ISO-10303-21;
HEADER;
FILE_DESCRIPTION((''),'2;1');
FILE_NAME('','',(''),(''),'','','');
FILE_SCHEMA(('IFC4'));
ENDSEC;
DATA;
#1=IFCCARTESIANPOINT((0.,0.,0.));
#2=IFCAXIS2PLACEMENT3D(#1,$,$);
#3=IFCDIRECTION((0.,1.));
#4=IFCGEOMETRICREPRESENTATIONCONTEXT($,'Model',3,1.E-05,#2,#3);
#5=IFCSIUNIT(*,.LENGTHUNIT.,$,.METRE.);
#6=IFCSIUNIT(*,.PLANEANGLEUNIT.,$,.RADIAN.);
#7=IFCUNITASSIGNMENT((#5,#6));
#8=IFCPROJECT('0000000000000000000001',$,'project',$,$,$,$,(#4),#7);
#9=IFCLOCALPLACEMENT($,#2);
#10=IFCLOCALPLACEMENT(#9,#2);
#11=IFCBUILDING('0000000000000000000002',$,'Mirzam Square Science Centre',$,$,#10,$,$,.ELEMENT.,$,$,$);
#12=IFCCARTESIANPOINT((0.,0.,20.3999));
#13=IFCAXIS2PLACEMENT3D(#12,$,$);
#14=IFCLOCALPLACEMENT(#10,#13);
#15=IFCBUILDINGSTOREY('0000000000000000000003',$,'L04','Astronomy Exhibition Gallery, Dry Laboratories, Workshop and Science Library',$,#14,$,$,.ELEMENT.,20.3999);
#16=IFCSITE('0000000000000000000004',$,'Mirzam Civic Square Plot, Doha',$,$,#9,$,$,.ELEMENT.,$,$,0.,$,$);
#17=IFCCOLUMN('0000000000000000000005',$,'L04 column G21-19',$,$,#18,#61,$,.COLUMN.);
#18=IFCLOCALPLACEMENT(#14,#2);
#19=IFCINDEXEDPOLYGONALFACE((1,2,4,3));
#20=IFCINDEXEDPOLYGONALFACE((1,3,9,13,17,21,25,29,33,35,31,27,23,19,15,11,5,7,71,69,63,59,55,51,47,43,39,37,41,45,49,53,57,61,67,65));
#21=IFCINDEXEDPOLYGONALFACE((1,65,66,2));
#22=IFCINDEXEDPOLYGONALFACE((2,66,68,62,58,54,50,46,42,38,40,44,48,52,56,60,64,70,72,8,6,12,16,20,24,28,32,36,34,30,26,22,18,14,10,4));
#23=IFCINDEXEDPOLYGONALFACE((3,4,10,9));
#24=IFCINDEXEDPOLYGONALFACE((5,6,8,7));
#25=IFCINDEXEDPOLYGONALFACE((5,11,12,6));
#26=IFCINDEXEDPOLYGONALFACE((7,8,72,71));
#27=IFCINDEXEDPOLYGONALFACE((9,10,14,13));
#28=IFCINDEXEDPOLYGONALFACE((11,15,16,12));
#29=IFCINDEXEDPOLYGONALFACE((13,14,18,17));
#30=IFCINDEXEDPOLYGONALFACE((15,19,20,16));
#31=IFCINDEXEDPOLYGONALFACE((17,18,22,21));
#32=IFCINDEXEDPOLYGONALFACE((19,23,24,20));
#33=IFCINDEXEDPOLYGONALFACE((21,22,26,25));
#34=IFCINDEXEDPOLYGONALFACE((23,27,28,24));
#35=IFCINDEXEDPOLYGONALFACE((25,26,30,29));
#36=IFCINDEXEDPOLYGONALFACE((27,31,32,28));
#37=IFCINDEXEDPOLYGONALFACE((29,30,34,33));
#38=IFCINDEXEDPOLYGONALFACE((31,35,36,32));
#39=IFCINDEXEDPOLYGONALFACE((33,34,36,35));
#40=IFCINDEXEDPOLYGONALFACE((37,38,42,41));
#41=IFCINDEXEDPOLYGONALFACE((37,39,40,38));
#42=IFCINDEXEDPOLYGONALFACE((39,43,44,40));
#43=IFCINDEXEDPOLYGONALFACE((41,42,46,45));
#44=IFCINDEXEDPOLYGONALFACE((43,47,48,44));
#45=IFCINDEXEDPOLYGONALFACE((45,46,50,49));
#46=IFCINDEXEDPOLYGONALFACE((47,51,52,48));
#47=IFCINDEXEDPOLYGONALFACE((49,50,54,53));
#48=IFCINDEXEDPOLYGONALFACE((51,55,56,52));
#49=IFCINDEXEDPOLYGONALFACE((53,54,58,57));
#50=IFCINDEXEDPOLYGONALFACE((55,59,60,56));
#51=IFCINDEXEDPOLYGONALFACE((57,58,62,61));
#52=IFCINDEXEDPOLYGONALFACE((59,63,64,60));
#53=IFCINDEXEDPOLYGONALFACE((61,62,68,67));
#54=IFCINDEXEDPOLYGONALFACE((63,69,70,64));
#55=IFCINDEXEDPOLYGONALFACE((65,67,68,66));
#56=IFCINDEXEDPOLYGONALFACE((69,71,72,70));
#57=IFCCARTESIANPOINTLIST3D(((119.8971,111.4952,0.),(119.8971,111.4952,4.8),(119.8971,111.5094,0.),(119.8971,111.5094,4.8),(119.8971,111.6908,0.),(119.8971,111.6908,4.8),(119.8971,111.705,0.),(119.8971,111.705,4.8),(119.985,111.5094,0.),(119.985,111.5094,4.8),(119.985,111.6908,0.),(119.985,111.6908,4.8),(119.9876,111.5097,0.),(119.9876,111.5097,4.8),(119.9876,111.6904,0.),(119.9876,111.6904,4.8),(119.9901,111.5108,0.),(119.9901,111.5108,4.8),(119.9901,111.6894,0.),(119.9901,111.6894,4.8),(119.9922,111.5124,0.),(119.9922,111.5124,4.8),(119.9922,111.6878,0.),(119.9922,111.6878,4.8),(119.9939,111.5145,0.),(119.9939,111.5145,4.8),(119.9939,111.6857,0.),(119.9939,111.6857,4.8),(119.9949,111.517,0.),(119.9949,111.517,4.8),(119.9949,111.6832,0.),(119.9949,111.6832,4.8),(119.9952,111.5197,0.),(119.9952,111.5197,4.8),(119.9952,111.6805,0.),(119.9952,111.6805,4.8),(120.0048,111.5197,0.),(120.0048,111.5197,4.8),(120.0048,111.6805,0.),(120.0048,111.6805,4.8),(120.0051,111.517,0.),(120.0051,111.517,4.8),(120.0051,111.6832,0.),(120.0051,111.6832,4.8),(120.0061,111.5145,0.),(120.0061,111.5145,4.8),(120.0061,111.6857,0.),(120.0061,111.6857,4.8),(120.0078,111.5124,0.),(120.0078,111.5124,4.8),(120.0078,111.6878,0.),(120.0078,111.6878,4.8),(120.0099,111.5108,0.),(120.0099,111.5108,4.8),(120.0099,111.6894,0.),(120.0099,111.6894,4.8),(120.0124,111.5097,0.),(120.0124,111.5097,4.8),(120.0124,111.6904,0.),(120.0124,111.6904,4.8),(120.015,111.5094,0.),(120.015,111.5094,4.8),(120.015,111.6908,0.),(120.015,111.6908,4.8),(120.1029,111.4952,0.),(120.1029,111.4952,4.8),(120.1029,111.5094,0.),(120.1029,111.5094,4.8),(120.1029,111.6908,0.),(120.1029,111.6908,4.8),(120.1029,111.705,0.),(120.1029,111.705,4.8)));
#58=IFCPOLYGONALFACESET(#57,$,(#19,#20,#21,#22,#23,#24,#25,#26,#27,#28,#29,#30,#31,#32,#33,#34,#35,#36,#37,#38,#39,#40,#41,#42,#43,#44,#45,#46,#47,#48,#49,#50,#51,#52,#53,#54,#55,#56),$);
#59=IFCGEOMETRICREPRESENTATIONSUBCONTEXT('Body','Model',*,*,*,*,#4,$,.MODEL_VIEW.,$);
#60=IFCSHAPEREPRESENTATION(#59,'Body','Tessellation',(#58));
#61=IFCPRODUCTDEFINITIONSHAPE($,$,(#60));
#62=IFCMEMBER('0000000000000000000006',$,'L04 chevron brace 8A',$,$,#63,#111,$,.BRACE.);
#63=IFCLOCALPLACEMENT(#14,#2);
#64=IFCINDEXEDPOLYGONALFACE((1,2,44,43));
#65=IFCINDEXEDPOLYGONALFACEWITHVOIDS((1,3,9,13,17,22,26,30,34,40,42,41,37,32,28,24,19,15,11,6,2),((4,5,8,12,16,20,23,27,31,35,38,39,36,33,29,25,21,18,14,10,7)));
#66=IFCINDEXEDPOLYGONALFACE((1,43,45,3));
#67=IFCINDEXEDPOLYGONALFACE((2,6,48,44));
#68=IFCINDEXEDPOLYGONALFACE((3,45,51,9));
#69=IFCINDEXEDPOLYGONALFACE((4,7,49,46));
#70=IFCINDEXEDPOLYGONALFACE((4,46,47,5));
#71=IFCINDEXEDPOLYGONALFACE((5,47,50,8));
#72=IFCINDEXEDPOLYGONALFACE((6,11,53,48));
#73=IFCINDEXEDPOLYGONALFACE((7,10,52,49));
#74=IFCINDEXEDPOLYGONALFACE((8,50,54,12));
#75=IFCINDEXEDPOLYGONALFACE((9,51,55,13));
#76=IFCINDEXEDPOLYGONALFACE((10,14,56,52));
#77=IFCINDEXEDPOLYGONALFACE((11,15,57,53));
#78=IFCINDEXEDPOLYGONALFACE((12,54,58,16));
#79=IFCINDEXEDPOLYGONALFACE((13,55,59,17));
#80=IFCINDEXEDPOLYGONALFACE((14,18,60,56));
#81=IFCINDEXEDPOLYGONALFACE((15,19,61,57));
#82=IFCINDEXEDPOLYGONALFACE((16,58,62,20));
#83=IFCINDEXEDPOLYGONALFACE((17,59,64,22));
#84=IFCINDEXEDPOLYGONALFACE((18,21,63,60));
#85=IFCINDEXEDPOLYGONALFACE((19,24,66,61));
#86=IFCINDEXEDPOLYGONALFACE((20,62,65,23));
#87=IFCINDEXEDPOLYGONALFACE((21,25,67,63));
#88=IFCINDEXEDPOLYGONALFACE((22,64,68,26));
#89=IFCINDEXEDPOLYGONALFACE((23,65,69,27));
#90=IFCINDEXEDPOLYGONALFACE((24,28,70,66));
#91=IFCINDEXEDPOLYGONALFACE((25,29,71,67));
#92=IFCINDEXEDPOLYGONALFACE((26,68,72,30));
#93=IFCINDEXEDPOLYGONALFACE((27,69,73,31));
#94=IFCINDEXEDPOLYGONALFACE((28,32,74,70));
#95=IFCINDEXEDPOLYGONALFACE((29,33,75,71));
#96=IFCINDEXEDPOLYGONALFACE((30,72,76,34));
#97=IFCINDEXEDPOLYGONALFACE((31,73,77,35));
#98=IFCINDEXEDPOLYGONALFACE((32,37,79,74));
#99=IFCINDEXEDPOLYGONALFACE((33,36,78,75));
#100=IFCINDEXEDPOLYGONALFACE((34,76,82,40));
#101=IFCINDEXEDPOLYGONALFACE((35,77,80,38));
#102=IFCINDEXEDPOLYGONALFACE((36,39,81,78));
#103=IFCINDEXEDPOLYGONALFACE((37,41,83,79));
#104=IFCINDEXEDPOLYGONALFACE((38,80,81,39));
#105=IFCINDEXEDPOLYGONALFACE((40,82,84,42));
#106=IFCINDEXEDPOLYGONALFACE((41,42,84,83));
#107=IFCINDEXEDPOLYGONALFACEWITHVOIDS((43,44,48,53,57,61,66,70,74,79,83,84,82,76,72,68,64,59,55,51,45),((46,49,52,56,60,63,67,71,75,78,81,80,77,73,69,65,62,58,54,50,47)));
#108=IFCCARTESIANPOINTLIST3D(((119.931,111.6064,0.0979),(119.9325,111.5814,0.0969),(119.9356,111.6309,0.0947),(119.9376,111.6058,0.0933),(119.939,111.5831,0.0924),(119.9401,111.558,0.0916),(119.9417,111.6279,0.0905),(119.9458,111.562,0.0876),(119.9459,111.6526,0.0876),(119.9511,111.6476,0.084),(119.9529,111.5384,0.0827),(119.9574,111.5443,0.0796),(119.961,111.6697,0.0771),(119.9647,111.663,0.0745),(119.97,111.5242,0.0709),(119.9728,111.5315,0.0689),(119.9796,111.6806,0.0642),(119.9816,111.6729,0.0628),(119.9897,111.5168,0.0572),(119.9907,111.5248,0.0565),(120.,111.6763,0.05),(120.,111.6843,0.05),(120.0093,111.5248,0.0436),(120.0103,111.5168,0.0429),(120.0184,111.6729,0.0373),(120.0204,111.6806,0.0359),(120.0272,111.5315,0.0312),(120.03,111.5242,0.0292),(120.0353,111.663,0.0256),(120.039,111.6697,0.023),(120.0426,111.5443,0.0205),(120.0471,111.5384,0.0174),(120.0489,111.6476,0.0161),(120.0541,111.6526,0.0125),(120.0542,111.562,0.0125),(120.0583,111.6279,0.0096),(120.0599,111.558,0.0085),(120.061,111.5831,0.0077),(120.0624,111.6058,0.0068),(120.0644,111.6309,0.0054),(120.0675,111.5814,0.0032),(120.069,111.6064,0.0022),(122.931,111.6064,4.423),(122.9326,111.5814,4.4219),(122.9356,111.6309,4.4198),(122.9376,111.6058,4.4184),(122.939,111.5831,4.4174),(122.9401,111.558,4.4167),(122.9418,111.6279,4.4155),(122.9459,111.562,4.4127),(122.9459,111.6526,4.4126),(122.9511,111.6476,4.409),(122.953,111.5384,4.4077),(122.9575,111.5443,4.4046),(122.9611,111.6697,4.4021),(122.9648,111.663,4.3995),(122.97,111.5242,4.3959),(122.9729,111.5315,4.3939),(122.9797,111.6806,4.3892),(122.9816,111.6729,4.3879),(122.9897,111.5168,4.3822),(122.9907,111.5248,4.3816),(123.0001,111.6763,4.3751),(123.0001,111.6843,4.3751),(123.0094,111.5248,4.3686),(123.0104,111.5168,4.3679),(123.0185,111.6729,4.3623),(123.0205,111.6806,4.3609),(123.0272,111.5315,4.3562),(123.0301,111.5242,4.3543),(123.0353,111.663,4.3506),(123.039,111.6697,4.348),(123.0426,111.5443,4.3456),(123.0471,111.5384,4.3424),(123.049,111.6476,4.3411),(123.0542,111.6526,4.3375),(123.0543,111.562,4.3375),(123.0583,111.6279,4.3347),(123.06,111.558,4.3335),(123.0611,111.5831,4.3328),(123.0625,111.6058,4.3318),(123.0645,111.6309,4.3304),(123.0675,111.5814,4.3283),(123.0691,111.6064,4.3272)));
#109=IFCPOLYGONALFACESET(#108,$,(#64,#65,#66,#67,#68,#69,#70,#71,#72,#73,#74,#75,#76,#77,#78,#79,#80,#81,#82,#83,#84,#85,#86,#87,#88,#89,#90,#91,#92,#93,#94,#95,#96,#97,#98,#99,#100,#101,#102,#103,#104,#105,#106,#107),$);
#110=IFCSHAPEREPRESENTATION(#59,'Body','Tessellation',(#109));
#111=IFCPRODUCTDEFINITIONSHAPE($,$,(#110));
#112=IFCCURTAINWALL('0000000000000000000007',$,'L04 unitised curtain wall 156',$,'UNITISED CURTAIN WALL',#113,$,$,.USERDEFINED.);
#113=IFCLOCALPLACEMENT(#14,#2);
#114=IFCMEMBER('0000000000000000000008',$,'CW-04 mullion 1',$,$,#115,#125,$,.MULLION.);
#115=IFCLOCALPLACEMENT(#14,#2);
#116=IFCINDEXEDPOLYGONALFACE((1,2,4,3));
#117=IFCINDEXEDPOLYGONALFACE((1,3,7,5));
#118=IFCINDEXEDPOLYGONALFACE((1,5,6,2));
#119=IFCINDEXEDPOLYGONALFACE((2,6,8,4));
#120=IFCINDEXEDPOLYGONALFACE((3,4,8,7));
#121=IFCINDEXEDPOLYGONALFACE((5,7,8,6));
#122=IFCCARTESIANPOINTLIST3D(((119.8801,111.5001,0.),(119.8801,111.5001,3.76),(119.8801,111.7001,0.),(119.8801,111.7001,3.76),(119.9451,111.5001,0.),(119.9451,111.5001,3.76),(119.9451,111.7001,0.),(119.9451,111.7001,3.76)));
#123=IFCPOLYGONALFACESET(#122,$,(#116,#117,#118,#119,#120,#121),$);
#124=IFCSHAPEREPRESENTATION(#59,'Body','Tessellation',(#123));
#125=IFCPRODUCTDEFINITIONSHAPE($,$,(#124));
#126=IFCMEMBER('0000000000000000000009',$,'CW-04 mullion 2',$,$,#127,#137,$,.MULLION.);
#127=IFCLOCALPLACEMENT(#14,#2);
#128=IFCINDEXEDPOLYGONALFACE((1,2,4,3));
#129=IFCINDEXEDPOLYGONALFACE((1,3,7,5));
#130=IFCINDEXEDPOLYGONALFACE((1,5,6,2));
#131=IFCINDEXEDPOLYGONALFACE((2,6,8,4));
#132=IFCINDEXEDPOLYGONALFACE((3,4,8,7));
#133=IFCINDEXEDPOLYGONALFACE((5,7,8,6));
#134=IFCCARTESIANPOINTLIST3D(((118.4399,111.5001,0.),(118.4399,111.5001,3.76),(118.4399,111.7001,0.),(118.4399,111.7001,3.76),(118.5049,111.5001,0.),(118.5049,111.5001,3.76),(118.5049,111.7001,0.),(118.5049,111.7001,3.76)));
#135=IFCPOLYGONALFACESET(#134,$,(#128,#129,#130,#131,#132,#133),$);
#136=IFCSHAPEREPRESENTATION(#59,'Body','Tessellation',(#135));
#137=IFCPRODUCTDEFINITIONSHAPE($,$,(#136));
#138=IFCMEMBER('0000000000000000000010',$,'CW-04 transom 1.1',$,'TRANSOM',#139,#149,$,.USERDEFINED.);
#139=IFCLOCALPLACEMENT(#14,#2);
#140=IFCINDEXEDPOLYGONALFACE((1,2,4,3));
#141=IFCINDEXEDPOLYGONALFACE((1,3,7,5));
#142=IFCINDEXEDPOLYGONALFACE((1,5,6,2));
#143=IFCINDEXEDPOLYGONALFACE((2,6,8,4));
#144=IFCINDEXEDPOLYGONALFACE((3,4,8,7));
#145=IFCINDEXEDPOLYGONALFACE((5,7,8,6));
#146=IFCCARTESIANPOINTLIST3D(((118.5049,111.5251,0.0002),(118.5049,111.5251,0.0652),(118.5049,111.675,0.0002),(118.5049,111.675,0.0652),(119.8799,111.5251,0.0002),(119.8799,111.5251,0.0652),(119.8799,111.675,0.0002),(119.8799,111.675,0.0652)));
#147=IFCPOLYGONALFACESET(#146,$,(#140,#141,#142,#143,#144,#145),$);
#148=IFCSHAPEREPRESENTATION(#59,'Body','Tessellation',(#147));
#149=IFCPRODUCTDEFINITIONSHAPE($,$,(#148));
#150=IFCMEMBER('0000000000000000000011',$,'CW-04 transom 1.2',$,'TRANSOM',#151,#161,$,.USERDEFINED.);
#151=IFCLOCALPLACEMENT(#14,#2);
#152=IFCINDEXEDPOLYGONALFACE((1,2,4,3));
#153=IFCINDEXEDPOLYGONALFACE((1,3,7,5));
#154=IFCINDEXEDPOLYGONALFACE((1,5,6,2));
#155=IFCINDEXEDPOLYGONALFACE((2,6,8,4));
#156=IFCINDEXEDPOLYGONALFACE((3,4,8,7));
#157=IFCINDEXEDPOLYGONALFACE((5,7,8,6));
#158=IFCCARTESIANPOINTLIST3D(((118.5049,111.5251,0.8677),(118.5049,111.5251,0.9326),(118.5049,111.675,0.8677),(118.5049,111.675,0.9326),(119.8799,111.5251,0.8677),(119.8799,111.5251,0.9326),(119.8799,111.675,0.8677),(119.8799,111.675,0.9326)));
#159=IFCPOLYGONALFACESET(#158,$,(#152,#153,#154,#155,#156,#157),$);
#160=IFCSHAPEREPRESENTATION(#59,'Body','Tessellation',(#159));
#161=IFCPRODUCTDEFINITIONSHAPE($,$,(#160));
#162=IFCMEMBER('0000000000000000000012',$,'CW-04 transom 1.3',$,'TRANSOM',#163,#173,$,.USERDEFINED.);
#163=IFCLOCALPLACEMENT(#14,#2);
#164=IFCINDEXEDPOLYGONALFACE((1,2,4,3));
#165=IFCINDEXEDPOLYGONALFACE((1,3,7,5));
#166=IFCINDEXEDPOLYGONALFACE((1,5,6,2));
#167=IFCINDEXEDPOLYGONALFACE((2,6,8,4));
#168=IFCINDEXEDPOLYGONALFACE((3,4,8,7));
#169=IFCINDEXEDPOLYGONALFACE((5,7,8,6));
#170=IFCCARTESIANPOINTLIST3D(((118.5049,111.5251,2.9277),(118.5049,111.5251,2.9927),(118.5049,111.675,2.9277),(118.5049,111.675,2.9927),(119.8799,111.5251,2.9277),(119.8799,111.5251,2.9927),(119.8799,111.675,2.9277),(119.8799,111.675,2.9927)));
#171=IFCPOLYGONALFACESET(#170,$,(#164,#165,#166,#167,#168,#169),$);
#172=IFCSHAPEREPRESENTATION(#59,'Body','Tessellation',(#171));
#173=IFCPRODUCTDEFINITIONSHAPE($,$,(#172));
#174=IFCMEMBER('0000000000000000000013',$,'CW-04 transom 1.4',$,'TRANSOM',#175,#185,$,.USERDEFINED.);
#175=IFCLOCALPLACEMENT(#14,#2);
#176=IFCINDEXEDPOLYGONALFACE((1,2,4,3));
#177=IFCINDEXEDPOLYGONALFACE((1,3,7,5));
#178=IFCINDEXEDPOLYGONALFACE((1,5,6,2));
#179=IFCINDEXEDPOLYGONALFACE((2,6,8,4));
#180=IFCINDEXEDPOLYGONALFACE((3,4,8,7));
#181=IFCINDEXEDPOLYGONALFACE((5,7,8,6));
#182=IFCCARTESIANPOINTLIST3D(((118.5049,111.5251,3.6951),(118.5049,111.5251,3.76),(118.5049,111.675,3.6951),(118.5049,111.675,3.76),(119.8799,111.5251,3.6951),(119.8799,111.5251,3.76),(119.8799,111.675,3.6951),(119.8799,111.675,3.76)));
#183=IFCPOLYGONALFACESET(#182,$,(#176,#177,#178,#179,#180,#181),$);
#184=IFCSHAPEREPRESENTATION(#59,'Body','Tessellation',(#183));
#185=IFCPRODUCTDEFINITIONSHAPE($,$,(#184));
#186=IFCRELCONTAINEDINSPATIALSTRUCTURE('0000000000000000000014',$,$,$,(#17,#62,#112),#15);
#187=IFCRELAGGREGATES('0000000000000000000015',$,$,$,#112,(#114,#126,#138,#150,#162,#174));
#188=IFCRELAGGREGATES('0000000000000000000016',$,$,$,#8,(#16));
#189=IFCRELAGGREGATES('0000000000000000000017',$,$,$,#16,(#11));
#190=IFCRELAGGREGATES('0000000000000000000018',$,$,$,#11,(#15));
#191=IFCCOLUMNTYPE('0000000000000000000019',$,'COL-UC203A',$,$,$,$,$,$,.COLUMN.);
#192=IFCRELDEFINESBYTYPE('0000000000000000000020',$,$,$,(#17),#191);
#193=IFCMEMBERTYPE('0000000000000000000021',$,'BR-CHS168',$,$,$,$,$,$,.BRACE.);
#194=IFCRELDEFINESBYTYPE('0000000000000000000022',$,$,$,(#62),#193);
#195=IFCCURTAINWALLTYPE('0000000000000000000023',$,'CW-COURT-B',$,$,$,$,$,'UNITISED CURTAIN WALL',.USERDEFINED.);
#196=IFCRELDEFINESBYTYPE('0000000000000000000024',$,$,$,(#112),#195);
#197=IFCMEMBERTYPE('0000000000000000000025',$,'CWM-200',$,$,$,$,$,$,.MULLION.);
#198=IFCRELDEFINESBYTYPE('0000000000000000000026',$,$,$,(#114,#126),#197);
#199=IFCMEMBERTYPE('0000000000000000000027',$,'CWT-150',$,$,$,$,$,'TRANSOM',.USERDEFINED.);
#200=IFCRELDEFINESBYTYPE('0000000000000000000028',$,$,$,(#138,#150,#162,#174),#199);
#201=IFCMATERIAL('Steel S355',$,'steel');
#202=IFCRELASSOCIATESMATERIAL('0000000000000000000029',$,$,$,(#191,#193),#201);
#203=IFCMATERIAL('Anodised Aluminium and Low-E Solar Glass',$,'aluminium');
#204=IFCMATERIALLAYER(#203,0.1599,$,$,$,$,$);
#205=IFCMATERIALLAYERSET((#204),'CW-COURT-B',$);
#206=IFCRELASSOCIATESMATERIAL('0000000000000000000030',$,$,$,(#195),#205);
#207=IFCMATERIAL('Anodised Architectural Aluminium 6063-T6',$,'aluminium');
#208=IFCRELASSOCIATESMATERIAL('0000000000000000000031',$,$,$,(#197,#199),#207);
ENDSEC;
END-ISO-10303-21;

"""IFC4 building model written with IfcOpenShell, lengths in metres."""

from ifc_helpers import new_model, si_unit, direction, frame, origin, origin_2d, place, context, subcontext, project, spatial, rectangle, hollow_circle, i_section, extrude, material, layer, layer_set, material_profile, profile_set, type_object, element, aggregate, save


model = new_model("IFC4")

# Units and contexts
model_context = context("Model", 3, precision=1e-05, world=origin(), true_north=direction((0.0, 1.0)))
body_context = subcontext(model_context, "Body", "Model", "MODEL_VIEW")
ifc_project = project(units=[si_unit("LENGTHUNIT", "METRE"), si_unit("PLANEANGLEUNIT", "RADIAN")], contexts=[model_context])

# Site, building, storey
site_placement = place(None, origin())
site = spatial("IfcSite", under=ifc_project, at=site_placement, Name="Mirzam Civic Square Plot, Doha", CompositionType="ELEMENT", RefElevation=0.0)
building_placement = place(site_placement, origin())
building = spatial("IfcBuilding", under=site, at=building_placement, Name="Mirzam Square Science Centre", CompositionType="ELEMENT")
storey_placement = place(building_placement, frame((0.0, 0.0, 20.3999)))
storey = spatial("IfcBuildingStorey", under=building, at=storey_placement, Name="L04", Description="Astronomy Exhibition Gallery, Dry Laboratories, Workshop and Science Library", CompositionType="ELEMENT", Elevation=20.3999)

# Column
ifc_material_1 = material(Name="Steel S355", Category="steel")
ifc_material_profile_1 = material_profile(ifc_material_1, i_section(OverallWidth=0.2058, OverallDepth=0.2097, WebThickness=0.0095, FlangeThickness=0.0142, FilletRadius=0.0103, at=origin_2d()), Name="203x203x60UC")
ifc_profile_set_1 = profile_set([ifc_material_profile_1], Name="Steel S355")
column_type = type_object("IfcColumnType", Name="COL-UC203A", PredefinedType="COLUMN", material=ifc_profile_set_1)
column_placement = place(storey_placement, frame((120.0, 111.6001, 0.0), z_axis=(0.0, 0.0, 1.0), x_axis=(1.0, 0.0, 0.0)))
element("IfcColumn", 1, at=column_placement, inside=storey, type_object=column_type, Name="L04 column G21-19", PredefinedType="COLUMN", context=body_context, shape_type="SweptSolid", body=[
    extrude(i_section(OverallWidth=0.2058, OverallDepth=0.2097, WebThickness=0.0095, FlangeThickness=0.0142, FilletRadius=0.0103, at=origin_2d()), origin(), (0.0, 0.0, 1.0), 4.8),
])

# Member
ifc_material_profile_2 = material_profile(ifc_material_1, hollow_circle(Radius=0.0842, WallThickness=0.0081, at=origin_2d()), Name="168.3x8.0CHS")
ifc_profile_set_2 = profile_set([ifc_material_profile_2], Name="Steel S355")
member_type_1 = type_object("IfcMemberType", Name="BR-CHS168", PredefinedType="BRACE", material=ifc_profile_set_2)
member_1_placement = place(storey_placement, frame((120.0, 111.6001, 0.05), z_axis=(0.569955, 0.0, 0.821676), x_axis=(0.0, 1.0, 0.0)))
element("IfcMember", 2, at=member_1_placement, inside=storey, type_object=member_type_1, Name="L04 chevron brace 8A", PredefinedType="BRACE", context=body_context, shape_type="SweptSolid", body=[
    extrude(hollow_circle(Radius=0.0842, WallThickness=0.0081, at=origin_2d()), origin(), (0.0, 0.0, 1.0), 5.2637),
])

# Curtain wall, members
ifc_material_2 = material(Name="Anodised Aluminium and Low-E Solar Glass", Category="aluminium")
ifc_layer_1 = layer(ifc_material_2, 0.1599)
ifc_layer_set_1 = layer_set([ifc_layer_1], Name="CW-COURT-B")
curtain_wall_type = type_object("IfcCurtainWallType", Name="CW-COURT-B", ElementType="UNITISED CURTAIN WALL", PredefinedType="USERDEFINED", material=ifc_layer_set_1)
curtain_wall_placement = place(storey_placement, origin())
curtain_wall = element("IfcCurtainWall", 3, at=curtain_wall_placement, inside=storey, type_object=curtain_wall_type, Name="L04 unitised curtain wall 156", ObjectType="UNITISED CURTAIN WALL", PredefinedType="USERDEFINED")
ifc_material_3 = material(Name="Anodised Architectural Aluminium 6063-T6", Category="aluminium")
ifc_material_profile_3 = material_profile(ifc_material_3, rectangle(XDim=0.0649, YDim=0.2, at=origin_2d()), Name="ALU-MULL-200x65x5")
ifc_profile_set_3 = profile_set([ifc_material_profile_3], Name="Anodised Architectural Aluminium 6063-T6")
member_type_2 = type_object("IfcMemberType", Name="CWM-200", PredefinedType="MULLION", material=ifc_profile_set_3)
member_2_placement = place(storey_placement, frame((119.9126, 111.6001, 0.0), z_axis=(0.0, 0.0, 1.0), x_axis=(-1.0, 0.0, 0.0)))
member_2 = element("IfcMember", 4, at=member_2_placement, type_object=member_type_2, Name="CW-04 mullion 1", PredefinedType="MULLION", context=body_context, shape_type="SweptSolid", body=[
    extrude(rectangle(XDim=0.0649, YDim=0.2, at=origin_2d()), origin(), (0.0, 0.0, 1.0), 3.76),
])
member_3_placement = place(storey_placement, frame((118.4724, 111.6001, 0.0), z_axis=(0.0, 0.0, 1.0), x_axis=(-1.0, 0.0, 0.0)))
member_3 = element("IfcMember", 5, at=member_3_placement, type_object=member_type_2, Name="CW-04 mullion 2", PredefinedType="MULLION", context=body_context, shape_type="SweptSolid", body=[
    extrude(rectangle(XDim=0.0649, YDim=0.2, at=origin_2d()), origin(), (0.0, 0.0, 1.0), 3.76),
])
ifc_material_profile_4 = material_profile(ifc_material_3, rectangle(XDim=0.1499, YDim=0.0649, at=origin_2d()), Name="ALU-TRAN-150x65x4")
ifc_profile_set_4 = profile_set([ifc_material_profile_4], Name="Anodised Architectural Aluminium 6063-T6")
member_type_3 = type_object("IfcMemberType", Name="CWT-150", ElementType="TRANSOM", PredefinedType="USERDEFINED", material=ifc_profile_set_4)
member_4_placement = place(storey_placement, frame((119.8799, 111.6001, 0.0327), z_axis=(-1.0, 0.0, 0.0), x_axis=(0.0, -1.0, 0.0)))
member_4 = element("IfcMember", 6, at=member_4_placement, type_object=member_type_3, Name="CW-04 transom 1.1", ObjectType="TRANSOM", PredefinedType="USERDEFINED", context=body_context, shape_type="SweptSolid", body=[
    extrude(rectangle(XDim=0.1499, YDim=0.0649, at=origin_2d()), origin(), (0.0, 0.0, 1.0), 1.375),
])
member_5_placement = place(storey_placement, frame((119.8799, 111.6001, 0.9001), z_axis=(-1.0, 0.0, 0.0), x_axis=(0.0, -1.0, 0.0)))
member_5 = element("IfcMember", 7, at=member_5_placement, type_object=member_type_3, Name="CW-04 transom 1.2", ObjectType="TRANSOM", PredefinedType="USERDEFINED", context=body_context, shape_type="SweptSolid", body=[
    extrude(rectangle(XDim=0.1499, YDim=0.0649, at=origin_2d()), origin(), (0.0, 0.0, 1.0), 1.375),
])
member_6_placement = place(storey_placement, frame((119.8799, 111.6001, 2.9602), z_axis=(-1.0, 0.0, 0.0), x_axis=(0.0, -1.0, 0.0)))
member_6 = element("IfcMember", 8, at=member_6_placement, type_object=member_type_3, Name="CW-04 transom 1.3", ObjectType="TRANSOM", PredefinedType="USERDEFINED", context=body_context, shape_type="SweptSolid", body=[
    extrude(rectangle(XDim=0.1499, YDim=0.0649, at=origin_2d()), origin(), (0.0, 0.0, 1.0), 1.375),
])
member_7_placement = place(storey_placement, frame((119.8799, 111.6001, 3.7275), z_axis=(-1.0, 0.0, 0.0), x_axis=(0.0, -1.0, 0.0)))
member_7 = element("IfcMember", 9, at=member_7_placement, type_object=member_type_3, Name="CW-04 transom 1.4", ObjectType="TRANSOM", PredefinedType="USERDEFINED", context=body_context, shape_type="SweptSolid", body=[
    extrude(rectangle(XDim=0.1499, YDim=0.0649, at=origin_2d()), origin(), (0.0, 0.0, 1.0), 1.375),
])

aggregate(curtain_wall, [member_2, member_3, member_4, member_5, member_6, member_7])

save(model, "model.ifc")
